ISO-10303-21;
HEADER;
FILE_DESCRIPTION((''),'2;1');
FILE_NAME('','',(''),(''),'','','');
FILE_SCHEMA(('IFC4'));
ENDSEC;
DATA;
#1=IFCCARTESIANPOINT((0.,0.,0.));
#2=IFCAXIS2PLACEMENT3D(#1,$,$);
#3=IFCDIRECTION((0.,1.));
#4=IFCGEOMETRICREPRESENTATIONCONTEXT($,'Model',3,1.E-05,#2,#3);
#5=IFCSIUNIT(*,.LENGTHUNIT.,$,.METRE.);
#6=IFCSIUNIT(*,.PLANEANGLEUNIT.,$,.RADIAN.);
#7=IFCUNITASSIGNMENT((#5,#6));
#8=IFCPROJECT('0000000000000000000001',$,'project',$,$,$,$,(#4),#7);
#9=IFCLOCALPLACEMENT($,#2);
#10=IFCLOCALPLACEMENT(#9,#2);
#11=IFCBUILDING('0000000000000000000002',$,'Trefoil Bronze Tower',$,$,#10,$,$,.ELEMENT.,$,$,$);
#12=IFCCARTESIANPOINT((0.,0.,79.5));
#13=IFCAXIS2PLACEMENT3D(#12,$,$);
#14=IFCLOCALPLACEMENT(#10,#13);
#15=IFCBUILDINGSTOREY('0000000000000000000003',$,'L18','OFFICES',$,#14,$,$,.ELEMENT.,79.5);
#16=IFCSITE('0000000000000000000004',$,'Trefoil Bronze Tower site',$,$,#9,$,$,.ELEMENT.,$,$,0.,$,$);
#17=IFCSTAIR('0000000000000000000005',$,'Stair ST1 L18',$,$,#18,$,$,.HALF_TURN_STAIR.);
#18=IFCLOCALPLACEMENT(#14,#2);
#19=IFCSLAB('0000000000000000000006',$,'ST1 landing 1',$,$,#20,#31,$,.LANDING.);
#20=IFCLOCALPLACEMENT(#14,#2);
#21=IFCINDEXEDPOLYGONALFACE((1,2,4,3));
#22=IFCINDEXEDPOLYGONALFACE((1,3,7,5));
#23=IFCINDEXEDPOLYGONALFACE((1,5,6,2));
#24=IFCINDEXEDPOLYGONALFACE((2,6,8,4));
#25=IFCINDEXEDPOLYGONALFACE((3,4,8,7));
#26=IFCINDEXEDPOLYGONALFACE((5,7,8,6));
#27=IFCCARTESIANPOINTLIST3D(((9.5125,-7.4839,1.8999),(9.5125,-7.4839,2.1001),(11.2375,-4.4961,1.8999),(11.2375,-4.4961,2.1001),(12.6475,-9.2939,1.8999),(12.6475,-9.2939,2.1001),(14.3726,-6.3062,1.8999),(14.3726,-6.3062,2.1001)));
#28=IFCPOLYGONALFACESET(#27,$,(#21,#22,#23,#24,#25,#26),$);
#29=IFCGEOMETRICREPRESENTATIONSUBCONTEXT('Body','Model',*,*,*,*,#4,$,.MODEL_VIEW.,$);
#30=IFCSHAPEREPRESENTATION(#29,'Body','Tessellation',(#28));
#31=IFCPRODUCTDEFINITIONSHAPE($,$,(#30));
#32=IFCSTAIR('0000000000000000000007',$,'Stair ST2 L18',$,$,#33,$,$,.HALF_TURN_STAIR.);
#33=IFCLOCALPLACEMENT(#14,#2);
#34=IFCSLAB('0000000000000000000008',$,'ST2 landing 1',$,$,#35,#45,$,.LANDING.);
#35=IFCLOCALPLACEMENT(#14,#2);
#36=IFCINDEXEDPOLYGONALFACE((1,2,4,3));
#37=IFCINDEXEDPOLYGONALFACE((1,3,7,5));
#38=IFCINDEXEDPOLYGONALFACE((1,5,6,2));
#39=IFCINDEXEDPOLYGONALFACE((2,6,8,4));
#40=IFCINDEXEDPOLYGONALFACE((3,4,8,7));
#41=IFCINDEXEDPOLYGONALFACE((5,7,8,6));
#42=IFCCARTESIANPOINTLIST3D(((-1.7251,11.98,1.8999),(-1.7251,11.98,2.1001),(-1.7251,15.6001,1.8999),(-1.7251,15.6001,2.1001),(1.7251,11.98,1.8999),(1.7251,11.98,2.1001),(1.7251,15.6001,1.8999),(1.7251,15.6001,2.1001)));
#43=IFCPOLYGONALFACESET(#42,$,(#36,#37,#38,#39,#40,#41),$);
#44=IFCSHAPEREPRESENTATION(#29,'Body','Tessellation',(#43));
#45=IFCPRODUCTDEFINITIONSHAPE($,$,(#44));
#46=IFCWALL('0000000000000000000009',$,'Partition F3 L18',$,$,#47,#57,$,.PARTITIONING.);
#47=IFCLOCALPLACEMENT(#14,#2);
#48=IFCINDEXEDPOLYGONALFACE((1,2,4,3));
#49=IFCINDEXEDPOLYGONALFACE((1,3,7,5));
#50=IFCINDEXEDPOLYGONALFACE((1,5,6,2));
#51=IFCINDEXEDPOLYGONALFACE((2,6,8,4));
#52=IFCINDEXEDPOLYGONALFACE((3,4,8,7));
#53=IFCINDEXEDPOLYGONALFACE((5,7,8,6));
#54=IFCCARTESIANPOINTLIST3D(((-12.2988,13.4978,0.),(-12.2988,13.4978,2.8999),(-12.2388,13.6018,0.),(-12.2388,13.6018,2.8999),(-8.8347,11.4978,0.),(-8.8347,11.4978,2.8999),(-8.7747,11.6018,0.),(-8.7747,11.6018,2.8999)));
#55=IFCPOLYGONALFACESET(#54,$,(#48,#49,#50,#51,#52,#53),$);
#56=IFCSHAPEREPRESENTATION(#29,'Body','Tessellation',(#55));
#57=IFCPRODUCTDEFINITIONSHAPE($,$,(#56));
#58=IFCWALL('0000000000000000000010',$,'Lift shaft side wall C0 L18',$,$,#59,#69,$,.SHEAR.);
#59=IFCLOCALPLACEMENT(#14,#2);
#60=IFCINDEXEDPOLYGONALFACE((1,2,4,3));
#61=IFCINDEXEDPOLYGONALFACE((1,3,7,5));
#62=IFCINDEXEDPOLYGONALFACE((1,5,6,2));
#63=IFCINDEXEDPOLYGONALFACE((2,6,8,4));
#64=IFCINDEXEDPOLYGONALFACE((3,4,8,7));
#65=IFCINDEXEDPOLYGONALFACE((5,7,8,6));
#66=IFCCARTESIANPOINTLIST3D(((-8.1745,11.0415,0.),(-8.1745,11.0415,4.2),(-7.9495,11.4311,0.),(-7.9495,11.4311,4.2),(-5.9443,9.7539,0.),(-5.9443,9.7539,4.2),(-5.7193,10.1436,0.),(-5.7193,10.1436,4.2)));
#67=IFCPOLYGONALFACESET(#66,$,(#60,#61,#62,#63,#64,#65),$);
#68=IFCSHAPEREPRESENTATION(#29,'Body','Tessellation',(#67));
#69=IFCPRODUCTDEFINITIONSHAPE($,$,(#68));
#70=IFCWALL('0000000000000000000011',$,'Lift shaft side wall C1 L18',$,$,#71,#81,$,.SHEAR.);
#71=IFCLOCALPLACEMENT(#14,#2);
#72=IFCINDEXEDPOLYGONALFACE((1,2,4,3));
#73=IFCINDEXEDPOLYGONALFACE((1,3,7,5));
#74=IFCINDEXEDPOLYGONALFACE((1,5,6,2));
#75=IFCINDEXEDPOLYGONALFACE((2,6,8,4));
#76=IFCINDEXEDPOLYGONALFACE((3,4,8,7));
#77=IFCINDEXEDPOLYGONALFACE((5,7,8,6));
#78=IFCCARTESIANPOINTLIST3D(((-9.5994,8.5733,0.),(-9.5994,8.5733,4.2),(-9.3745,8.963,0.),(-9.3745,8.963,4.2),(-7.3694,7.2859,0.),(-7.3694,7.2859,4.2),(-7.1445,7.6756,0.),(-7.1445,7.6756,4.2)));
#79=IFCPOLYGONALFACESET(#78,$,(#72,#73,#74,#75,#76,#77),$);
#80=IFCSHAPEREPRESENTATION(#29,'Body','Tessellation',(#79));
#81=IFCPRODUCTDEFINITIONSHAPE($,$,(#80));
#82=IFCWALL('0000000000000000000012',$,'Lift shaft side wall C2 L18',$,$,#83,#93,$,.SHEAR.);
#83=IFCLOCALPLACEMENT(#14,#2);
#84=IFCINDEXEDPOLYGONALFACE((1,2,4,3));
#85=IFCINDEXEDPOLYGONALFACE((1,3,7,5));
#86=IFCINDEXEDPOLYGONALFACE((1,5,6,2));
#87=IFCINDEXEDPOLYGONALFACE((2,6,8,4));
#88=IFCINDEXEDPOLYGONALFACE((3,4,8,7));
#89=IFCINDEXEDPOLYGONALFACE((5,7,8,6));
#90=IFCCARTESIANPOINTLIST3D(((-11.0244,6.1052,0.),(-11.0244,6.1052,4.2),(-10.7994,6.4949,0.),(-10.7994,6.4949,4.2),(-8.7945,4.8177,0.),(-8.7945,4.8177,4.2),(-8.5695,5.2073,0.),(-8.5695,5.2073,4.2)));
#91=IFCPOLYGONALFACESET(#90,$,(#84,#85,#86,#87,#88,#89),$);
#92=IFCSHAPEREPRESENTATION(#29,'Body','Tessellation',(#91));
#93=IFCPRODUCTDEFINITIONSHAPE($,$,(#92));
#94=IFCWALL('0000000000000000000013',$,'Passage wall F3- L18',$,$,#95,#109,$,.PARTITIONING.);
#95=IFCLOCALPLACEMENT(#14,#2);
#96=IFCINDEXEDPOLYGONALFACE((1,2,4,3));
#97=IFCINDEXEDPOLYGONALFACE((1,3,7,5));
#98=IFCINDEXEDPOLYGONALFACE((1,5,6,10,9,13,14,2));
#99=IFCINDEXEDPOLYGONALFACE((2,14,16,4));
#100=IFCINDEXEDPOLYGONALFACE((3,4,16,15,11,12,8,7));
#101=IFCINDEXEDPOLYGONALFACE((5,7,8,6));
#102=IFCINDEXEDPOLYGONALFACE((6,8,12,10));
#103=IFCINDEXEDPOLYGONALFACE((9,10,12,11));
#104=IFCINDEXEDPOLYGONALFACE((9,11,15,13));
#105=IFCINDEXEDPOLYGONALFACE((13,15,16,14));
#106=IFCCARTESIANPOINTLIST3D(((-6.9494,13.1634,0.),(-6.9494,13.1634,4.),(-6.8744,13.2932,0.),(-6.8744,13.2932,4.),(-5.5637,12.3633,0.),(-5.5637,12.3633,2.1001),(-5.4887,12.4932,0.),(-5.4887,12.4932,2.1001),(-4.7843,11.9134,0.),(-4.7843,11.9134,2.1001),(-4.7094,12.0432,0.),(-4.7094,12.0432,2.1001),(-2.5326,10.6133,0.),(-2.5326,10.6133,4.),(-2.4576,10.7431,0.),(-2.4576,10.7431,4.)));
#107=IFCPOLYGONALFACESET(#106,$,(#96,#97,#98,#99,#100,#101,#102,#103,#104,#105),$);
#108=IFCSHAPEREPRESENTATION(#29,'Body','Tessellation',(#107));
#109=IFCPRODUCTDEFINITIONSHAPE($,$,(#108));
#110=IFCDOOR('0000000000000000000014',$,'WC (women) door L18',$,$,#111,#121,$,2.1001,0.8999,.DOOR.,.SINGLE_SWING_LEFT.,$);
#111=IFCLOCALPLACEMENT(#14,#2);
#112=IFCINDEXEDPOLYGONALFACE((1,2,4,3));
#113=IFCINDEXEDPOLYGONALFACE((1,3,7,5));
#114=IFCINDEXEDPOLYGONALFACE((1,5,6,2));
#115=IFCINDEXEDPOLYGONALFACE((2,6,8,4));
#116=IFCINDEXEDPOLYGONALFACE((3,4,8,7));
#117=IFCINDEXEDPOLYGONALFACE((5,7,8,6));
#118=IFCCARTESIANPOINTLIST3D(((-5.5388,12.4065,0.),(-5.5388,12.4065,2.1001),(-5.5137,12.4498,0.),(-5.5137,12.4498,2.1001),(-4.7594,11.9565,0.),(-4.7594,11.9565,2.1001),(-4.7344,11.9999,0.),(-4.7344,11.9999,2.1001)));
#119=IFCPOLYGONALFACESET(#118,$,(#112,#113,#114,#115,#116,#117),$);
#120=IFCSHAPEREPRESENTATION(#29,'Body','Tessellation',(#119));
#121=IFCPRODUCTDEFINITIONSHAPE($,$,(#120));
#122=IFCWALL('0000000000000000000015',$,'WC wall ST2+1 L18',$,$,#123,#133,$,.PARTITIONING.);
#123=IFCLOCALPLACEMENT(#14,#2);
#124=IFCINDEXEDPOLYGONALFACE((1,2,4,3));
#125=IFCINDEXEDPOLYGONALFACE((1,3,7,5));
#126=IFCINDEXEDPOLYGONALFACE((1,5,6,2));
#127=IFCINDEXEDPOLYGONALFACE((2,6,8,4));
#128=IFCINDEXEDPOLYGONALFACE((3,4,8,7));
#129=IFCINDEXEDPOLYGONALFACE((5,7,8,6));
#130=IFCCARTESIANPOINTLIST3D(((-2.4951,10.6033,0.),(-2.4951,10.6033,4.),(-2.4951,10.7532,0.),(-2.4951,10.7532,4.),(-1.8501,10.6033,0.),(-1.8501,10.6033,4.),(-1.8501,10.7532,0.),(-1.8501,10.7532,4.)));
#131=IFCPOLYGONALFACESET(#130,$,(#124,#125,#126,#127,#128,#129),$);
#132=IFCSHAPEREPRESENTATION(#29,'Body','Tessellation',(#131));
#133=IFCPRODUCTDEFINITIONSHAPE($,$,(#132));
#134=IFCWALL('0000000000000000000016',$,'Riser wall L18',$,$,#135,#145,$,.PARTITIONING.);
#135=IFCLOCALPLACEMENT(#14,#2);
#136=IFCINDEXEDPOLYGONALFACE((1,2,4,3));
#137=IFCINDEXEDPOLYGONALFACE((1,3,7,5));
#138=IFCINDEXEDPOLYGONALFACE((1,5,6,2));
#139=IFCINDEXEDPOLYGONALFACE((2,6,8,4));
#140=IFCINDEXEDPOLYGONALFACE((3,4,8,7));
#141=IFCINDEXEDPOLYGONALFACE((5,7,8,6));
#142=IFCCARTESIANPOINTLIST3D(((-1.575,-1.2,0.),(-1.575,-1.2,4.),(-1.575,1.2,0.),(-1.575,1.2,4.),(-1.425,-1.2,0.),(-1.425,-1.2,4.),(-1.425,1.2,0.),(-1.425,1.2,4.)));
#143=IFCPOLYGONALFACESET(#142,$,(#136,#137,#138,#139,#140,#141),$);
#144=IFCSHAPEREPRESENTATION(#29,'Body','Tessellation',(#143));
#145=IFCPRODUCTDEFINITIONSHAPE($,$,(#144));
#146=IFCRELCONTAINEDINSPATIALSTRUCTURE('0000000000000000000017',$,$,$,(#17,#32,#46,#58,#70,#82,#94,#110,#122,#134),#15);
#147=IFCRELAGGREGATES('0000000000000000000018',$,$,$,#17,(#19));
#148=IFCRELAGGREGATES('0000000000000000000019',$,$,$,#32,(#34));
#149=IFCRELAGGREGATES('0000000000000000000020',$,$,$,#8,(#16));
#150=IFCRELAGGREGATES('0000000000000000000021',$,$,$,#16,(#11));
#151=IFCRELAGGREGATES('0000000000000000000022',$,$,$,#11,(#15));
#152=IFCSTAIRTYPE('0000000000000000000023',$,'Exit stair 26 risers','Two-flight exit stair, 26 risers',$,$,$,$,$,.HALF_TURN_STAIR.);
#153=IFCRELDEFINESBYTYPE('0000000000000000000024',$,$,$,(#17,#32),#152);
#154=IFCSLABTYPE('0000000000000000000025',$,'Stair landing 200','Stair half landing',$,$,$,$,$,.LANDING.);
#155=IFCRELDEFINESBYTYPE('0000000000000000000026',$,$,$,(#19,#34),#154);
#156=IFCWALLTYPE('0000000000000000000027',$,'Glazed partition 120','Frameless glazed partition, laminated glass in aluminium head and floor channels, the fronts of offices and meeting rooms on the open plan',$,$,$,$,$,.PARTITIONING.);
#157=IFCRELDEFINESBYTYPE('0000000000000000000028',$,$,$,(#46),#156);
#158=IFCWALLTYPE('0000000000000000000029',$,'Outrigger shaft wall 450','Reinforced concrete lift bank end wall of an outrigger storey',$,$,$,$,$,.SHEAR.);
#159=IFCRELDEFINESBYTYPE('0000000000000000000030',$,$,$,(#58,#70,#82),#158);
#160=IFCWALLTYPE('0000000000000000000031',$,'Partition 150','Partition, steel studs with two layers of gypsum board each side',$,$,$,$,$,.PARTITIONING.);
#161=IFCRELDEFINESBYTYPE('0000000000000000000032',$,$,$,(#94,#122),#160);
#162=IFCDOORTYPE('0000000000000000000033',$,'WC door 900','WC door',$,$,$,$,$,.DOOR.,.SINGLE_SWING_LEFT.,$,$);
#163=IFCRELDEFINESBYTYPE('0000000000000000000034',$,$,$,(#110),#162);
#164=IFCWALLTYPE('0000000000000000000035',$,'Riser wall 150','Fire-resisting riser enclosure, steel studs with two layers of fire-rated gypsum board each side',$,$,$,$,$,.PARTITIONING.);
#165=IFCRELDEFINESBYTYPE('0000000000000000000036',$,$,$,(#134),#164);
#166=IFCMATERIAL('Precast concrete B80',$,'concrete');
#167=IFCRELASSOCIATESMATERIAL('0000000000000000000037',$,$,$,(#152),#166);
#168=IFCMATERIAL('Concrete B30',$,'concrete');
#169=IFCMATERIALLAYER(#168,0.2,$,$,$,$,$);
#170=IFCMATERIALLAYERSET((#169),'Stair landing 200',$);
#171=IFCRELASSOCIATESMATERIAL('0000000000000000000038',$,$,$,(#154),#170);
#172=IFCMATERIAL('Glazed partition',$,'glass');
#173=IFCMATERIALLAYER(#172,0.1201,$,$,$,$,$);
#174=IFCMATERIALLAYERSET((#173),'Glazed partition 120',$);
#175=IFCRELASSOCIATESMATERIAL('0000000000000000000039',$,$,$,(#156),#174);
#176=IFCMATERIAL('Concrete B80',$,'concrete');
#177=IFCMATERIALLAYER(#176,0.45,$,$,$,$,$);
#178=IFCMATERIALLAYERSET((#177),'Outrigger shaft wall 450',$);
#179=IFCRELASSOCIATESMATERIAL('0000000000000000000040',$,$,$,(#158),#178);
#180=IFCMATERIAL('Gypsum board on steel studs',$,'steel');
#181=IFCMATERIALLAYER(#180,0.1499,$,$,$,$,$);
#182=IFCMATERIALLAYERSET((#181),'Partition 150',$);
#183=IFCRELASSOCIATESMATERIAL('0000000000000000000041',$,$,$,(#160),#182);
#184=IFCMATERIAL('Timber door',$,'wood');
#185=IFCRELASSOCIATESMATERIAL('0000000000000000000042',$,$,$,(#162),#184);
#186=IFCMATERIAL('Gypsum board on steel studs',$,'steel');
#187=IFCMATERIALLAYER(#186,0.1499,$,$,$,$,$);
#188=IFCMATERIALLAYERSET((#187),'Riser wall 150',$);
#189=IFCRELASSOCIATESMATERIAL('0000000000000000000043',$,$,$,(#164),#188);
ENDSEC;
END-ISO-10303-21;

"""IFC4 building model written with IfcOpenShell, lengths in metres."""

from ifc_helpers import new_model, si_unit, direction, frame, frame_2d, origin, place, context, subcontext, project, spatial, polyline, rectangle, outline, extrude, material, layer, layer_set, type_object, element, fill, aggregate, save


model = new_model("IFC4")

# Units and contexts
model_context = context("Model", 3, precision=1e-05, world=origin(), true_north=direction((0.0, 1.0)))
body_context = subcontext(model_context, "Body", "Model", "MODEL_VIEW")
ifc_project = project(units=[si_unit("LENGTHUNIT", "METRE"), si_unit("PLANEANGLEUNIT", "RADIAN")], contexts=[model_context])

# Site, building, storey
site_placement = place(None, origin())
site = spatial("IfcSite", under=ifc_project, at=site_placement, Name="Trefoil Bronze Tower site", CompositionType="ELEMENT", RefElevation=0.0)
building_placement = place(site_placement, origin())
building = spatial("IfcBuilding", under=site, at=building_placement, Name="Trefoil Bronze Tower", CompositionType="ELEMENT")
storey_placement = place(building_placement, frame((0.0, 0.0, 79.5)))
storey = spatial("IfcBuildingStorey", under=building, at=storey_placement, Name="L18", Description="OFFICES", CompositionType="ELEMENT", Elevation=79.5)

# Stairs, slabs
ifc_material_1 = material(Name="Precast concrete B80", Category="concrete")
stair_type = type_object("IfcStairType", Name="Exit stair 26 risers", Description="Two-flight exit stair, 26 risers", PredefinedType="HALF_TURN_STAIR", material=ifc_material_1)
stair_1_placement = place(storey_placement, origin())
stair_1 = element("IfcStair", 1, at=stair_1_placement, inside=storey, type_object=stair_type, Name="Stair ST1 L18", PredefinedType="HALF_TURN_STAIR")
ifc_material_2 = material(Name="Concrete B30", Category="concrete")
ifc_layer_1 = layer(ifc_material_2, 0.2)
ifc_layer_set_1 = layer_set([ifc_layer_1], Name="Stair landing 200")
slab_type = type_object("IfcSlabType", Name="Stair landing 200", Description="Stair half landing", PredefinedType="LANDING", material=ifc_layer_set_1)
slab_1_placement = place(storey_placement, frame((0.0, 0.0, 1.8999)))
slab_1 = element("IfcSlab", 2, at=slab_1_placement, type_object=slab_type, Name="ST1 landing 1", PredefinedType="LANDING", context=body_context, shape_type="SweptSolid", body=[
    extrude(outline(polyline([(9.5125, -7.4839), (12.6475, -9.2939), (14.3726, -6.3062), (11.2375, -4.4961), (9.5125, -7.4839)])), origin(), (0.0, 0.0, 1.0), 0.2002),
])
aggregate(stair_1, [slab_1])
stair_2_placement = place(storey_placement, origin())
stair_2 = element("IfcStair", 3, at=stair_2_placement, inside=storey, type_object=stair_type, Name="Stair ST2 L18", PredefinedType="HALF_TURN_STAIR")
slab_2_placement = place(storey_placement, frame((0.0, 0.0, 1.8999)))
slab_2 = element("IfcSlab", 4, at=slab_2_placement, type_object=slab_type, Name="ST2 landing 1", PredefinedType="LANDING", context=body_context, shape_type="SweptSolid", body=[
    extrude(outline(polyline([(1.7251, 11.98), (1.7251, 15.6001), (-1.7251, 15.6001), (-1.7251, 11.98), (1.7251, 11.98)])), origin(), (0.0, 0.0, 1.0), 0.2002),
])

# Walls
ifc_material_3 = material(Name="Glazed partition", Category="glass")
ifc_layer_2 = layer(ifc_material_3, 0.1201)
ifc_layer_set_2 = layer_set([ifc_layer_2], Name="Glazed partition 120")
wall_type_1 = type_object("IfcWallType", Name="Glazed partition 120", Description="Frameless glazed partition, laminated glass in aluminium head and floor channels, the fronts of offices and meeting rooms on the open plan", PredefinedType="PARTITIONING", material=ifc_layer_set_2)
wall_1_placement = place(storey_placement, frame((-8.8047, 11.5498, 0.0), z_axis=(0.0, 0.0, 1.0), x_axis=(-0.866026, 0.499999, 0.0)))
element("IfcWall", 5, at=wall_1_placement, inside=storey, type_object=wall_type_1, Name="Partition F3 L18", PredefinedType="PARTITIONING", context=body_context, shape_type="SweptSolid", body=[
    extrude(rectangle(XDim=4.0, YDim=0.1201, at=frame_2d((2.0, 0.0))), origin(), (0.0, 0.0, 1.0), 2.8999),
])
ifc_material_4 = material(Name="Concrete B80", Category="concrete")
ifc_layer_3 = layer(ifc_material_4, 0.45)
ifc_layer_set_3 = layer_set([ifc_layer_3], Name="Outrigger shaft wall 450")
wall_type_2 = type_object("IfcWallType", Name="Outrigger shaft wall 450", Description="Reinforced concrete lift bank end wall of an outrigger storey", PredefinedType="SHEAR", material=ifc_layer_set_3)
wall_2_placement = place(storey_placement, frame((-5.8318, 9.9487, 0.0), z_axis=(0.0, 0.0, 1.0), x_axis=(-0.866029, 0.499993, 0.0)))
element("IfcWall", 6, at=wall_2_placement, inside=storey, type_object=wall_type_2, Name="Lift shaft side wall C0 L18", PredefinedType="SHEAR", context=body_context, shape_type="SweptSolid", body=[
    extrude(rectangle(XDim=2.5752, YDim=0.45, at=frame_2d((1.2876, 0.0))), origin(), (0.0, 0.0, 1.0), 4.2),
])
for number, where, z_axis, x_axis, name in (
    (7, (-7.2568, 7.4807, 0.0), (0.0, 0.0, 1.0), (-0.866047, 0.499963, 0.0), "Lift shaft side wall C1 L18"),
    (8, (-8.6819, 5.0125, 0.0), (0.0, 0.0, 1.0), (-0.866006, 0.500034, 0.0), "Lift shaft side wall C2 L18"),
):
    element("IfcWall", number, at=place(storey_placement, frame(where, z_axis=z_axis, x_axis=x_axis)), inside=storey, type_object=wall_type_2, Name=name, PredefinedType="SHEAR", context=body_context, shape_type="SweptSolid", body=[
        extrude(rectangle(XDim=2.575, YDim=0.45, at=frame_2d((1.2876, 0.0))), origin(), (0.0, 0.0, 1.0), 4.2),
    ])

# Wall, opening, door
ifc_material_5 = material(Name="Gypsum board on steel studs", Category="steel")
ifc_layer_4 = layer(ifc_material_5, 0.1499)
ifc_layer_set_4 = layer_set([ifc_layer_4], Name="Partition 150")
wall_type_3 = type_object("IfcWallType", Name="Partition 150", Description="Partition, steel studs with two layers of gypsum board each side", PredefinedType="PARTITIONING", material=ifc_layer_set_4)
wall_3_placement = place(storey_placement, frame((-2.4951, 10.6782, 0.0), z_axis=(0.0, 0.0, 1.0), x_axis=(-0.866022, 0.500006, 0.0)))
wall_3 = element("IfcWall", 9, at=wall_3_placement, inside=storey, type_object=wall_type_3, Name="Passage wall F3- L18", PredefinedType="PARTITIONING", context=body_context, shape_type="SweptSolid", body=[
    extrude(rectangle(XDim=5.1001, YDim=0.1499, at=frame_2d((2.55, 0.0))), origin(), (0.0, 0.0, 1.0), 4.0),
])
opening_1_placement = place(wall_3_placement, frame((2.6001, 0.0, 0.0)))
opening_1 = element("IfcOpeningElement", 10, at=opening_1_placement, cuts=wall_3, PredefinedType="OPENING", context=body_context, shape_type="SweptSolid", body=[
    extrude(rectangle(XDim=0.8999, YDim=2.1001, at=frame_2d((0.45, 1.05))), frame((0.0, 0.085, 0.0), z_axis=(0.0, -1.0, 0.0), x_axis=(1.0, 0.0, 0.0)), (0.0, 0.0, 1.0), 0.1699),
])
ifc_material_6 = material(Name="Timber door", Category="wood")
door_type_1 = type_object("IfcDoorType", Name="WC door 900", Description="WC door", OperationType="SINGLE_SWING_LEFT", PredefinedType="DOOR", material=ifc_material_6)
door_1_placement = place(opening_1_placement, frame((0.8999, 0.0, 0.0), z_axis=(0.0, 0.0, 1.0), x_axis=(-1.0, 0.0, 0.0)))
door_1 = element("IfcDoor", 11, at=door_1_placement, inside=storey, type_object=door_type_1, Name="WC (women) door L18", OperationType="SINGLE_SWING_LEFT", OverallHeight=2.1001, OverallWidth=0.8999, PredefinedType="DOOR", context=body_context, shape_type="SweptSolid", body=[
    extrude(rectangle(XDim=0.8999, YDim=2.1001, at=frame_2d((0.45, 1.05))), frame((0.0, 0.0249, 0.0), z_axis=(0.0, -1.0, 0.0), x_axis=(1.0, 0.0, 0.0)), (0.0, 0.0, 1.0), 0.05),
])
fill(opening_1, door_1)

# Walls
wall_4_placement = place(storey_placement, frame((-2.4951, 10.6782, 0.0), z_axis=(0.0, 0.0, 1.0), x_axis=(1.0, 0.0, 0.0)))
element("IfcWall", 12, at=wall_4_placement, inside=storey, type_object=wall_type_3, Name="WC wall ST2+1 L18", PredefinedType="PARTITIONING", context=body_context, shape_type="SweptSolid", body=[
    extrude(rectangle(XDim=0.645, YDim=0.1499, at=frame_2d((0.3225, 0.0))), origin(), (0.0, 0.0, 1.0), 4.0),
])
ifc_material_7 = material(Name="Gypsum board on steel studs", Category="steel")
ifc_layer_5 = layer(ifc_material_7, 0.1499)
ifc_layer_set_5 = layer_set([ifc_layer_5], Name="Riser wall 150")
wall_type_4 = type_object("IfcWallType", Name="Riser wall 150", Description="Fire-resisting riser enclosure, steel studs with two layers of fire-rated gypsum board each side", PredefinedType="PARTITIONING", material=ifc_layer_set_5)
wall_5_placement = place(storey_placement, frame((-1.5, 1.2, 0.0), z_axis=(0.0, 0.0, 1.0), x_axis=(0.0, -1.0, 0.0)))
element("IfcWall", 13, at=wall_5_placement, inside=storey, type_object=wall_type_4, Name="Riser wall L18", PredefinedType="PARTITIONING", context=body_context, shape_type="SweptSolid", body=[
    extrude(rectangle(XDim=2.3999, YDim=0.1499, at=frame_2d((1.2, 0.0))), origin(), (0.0, 0.0, 1.0), 4.0),
])

aggregate(stair_2, [slab_2])

save(model, "model.ifc")
